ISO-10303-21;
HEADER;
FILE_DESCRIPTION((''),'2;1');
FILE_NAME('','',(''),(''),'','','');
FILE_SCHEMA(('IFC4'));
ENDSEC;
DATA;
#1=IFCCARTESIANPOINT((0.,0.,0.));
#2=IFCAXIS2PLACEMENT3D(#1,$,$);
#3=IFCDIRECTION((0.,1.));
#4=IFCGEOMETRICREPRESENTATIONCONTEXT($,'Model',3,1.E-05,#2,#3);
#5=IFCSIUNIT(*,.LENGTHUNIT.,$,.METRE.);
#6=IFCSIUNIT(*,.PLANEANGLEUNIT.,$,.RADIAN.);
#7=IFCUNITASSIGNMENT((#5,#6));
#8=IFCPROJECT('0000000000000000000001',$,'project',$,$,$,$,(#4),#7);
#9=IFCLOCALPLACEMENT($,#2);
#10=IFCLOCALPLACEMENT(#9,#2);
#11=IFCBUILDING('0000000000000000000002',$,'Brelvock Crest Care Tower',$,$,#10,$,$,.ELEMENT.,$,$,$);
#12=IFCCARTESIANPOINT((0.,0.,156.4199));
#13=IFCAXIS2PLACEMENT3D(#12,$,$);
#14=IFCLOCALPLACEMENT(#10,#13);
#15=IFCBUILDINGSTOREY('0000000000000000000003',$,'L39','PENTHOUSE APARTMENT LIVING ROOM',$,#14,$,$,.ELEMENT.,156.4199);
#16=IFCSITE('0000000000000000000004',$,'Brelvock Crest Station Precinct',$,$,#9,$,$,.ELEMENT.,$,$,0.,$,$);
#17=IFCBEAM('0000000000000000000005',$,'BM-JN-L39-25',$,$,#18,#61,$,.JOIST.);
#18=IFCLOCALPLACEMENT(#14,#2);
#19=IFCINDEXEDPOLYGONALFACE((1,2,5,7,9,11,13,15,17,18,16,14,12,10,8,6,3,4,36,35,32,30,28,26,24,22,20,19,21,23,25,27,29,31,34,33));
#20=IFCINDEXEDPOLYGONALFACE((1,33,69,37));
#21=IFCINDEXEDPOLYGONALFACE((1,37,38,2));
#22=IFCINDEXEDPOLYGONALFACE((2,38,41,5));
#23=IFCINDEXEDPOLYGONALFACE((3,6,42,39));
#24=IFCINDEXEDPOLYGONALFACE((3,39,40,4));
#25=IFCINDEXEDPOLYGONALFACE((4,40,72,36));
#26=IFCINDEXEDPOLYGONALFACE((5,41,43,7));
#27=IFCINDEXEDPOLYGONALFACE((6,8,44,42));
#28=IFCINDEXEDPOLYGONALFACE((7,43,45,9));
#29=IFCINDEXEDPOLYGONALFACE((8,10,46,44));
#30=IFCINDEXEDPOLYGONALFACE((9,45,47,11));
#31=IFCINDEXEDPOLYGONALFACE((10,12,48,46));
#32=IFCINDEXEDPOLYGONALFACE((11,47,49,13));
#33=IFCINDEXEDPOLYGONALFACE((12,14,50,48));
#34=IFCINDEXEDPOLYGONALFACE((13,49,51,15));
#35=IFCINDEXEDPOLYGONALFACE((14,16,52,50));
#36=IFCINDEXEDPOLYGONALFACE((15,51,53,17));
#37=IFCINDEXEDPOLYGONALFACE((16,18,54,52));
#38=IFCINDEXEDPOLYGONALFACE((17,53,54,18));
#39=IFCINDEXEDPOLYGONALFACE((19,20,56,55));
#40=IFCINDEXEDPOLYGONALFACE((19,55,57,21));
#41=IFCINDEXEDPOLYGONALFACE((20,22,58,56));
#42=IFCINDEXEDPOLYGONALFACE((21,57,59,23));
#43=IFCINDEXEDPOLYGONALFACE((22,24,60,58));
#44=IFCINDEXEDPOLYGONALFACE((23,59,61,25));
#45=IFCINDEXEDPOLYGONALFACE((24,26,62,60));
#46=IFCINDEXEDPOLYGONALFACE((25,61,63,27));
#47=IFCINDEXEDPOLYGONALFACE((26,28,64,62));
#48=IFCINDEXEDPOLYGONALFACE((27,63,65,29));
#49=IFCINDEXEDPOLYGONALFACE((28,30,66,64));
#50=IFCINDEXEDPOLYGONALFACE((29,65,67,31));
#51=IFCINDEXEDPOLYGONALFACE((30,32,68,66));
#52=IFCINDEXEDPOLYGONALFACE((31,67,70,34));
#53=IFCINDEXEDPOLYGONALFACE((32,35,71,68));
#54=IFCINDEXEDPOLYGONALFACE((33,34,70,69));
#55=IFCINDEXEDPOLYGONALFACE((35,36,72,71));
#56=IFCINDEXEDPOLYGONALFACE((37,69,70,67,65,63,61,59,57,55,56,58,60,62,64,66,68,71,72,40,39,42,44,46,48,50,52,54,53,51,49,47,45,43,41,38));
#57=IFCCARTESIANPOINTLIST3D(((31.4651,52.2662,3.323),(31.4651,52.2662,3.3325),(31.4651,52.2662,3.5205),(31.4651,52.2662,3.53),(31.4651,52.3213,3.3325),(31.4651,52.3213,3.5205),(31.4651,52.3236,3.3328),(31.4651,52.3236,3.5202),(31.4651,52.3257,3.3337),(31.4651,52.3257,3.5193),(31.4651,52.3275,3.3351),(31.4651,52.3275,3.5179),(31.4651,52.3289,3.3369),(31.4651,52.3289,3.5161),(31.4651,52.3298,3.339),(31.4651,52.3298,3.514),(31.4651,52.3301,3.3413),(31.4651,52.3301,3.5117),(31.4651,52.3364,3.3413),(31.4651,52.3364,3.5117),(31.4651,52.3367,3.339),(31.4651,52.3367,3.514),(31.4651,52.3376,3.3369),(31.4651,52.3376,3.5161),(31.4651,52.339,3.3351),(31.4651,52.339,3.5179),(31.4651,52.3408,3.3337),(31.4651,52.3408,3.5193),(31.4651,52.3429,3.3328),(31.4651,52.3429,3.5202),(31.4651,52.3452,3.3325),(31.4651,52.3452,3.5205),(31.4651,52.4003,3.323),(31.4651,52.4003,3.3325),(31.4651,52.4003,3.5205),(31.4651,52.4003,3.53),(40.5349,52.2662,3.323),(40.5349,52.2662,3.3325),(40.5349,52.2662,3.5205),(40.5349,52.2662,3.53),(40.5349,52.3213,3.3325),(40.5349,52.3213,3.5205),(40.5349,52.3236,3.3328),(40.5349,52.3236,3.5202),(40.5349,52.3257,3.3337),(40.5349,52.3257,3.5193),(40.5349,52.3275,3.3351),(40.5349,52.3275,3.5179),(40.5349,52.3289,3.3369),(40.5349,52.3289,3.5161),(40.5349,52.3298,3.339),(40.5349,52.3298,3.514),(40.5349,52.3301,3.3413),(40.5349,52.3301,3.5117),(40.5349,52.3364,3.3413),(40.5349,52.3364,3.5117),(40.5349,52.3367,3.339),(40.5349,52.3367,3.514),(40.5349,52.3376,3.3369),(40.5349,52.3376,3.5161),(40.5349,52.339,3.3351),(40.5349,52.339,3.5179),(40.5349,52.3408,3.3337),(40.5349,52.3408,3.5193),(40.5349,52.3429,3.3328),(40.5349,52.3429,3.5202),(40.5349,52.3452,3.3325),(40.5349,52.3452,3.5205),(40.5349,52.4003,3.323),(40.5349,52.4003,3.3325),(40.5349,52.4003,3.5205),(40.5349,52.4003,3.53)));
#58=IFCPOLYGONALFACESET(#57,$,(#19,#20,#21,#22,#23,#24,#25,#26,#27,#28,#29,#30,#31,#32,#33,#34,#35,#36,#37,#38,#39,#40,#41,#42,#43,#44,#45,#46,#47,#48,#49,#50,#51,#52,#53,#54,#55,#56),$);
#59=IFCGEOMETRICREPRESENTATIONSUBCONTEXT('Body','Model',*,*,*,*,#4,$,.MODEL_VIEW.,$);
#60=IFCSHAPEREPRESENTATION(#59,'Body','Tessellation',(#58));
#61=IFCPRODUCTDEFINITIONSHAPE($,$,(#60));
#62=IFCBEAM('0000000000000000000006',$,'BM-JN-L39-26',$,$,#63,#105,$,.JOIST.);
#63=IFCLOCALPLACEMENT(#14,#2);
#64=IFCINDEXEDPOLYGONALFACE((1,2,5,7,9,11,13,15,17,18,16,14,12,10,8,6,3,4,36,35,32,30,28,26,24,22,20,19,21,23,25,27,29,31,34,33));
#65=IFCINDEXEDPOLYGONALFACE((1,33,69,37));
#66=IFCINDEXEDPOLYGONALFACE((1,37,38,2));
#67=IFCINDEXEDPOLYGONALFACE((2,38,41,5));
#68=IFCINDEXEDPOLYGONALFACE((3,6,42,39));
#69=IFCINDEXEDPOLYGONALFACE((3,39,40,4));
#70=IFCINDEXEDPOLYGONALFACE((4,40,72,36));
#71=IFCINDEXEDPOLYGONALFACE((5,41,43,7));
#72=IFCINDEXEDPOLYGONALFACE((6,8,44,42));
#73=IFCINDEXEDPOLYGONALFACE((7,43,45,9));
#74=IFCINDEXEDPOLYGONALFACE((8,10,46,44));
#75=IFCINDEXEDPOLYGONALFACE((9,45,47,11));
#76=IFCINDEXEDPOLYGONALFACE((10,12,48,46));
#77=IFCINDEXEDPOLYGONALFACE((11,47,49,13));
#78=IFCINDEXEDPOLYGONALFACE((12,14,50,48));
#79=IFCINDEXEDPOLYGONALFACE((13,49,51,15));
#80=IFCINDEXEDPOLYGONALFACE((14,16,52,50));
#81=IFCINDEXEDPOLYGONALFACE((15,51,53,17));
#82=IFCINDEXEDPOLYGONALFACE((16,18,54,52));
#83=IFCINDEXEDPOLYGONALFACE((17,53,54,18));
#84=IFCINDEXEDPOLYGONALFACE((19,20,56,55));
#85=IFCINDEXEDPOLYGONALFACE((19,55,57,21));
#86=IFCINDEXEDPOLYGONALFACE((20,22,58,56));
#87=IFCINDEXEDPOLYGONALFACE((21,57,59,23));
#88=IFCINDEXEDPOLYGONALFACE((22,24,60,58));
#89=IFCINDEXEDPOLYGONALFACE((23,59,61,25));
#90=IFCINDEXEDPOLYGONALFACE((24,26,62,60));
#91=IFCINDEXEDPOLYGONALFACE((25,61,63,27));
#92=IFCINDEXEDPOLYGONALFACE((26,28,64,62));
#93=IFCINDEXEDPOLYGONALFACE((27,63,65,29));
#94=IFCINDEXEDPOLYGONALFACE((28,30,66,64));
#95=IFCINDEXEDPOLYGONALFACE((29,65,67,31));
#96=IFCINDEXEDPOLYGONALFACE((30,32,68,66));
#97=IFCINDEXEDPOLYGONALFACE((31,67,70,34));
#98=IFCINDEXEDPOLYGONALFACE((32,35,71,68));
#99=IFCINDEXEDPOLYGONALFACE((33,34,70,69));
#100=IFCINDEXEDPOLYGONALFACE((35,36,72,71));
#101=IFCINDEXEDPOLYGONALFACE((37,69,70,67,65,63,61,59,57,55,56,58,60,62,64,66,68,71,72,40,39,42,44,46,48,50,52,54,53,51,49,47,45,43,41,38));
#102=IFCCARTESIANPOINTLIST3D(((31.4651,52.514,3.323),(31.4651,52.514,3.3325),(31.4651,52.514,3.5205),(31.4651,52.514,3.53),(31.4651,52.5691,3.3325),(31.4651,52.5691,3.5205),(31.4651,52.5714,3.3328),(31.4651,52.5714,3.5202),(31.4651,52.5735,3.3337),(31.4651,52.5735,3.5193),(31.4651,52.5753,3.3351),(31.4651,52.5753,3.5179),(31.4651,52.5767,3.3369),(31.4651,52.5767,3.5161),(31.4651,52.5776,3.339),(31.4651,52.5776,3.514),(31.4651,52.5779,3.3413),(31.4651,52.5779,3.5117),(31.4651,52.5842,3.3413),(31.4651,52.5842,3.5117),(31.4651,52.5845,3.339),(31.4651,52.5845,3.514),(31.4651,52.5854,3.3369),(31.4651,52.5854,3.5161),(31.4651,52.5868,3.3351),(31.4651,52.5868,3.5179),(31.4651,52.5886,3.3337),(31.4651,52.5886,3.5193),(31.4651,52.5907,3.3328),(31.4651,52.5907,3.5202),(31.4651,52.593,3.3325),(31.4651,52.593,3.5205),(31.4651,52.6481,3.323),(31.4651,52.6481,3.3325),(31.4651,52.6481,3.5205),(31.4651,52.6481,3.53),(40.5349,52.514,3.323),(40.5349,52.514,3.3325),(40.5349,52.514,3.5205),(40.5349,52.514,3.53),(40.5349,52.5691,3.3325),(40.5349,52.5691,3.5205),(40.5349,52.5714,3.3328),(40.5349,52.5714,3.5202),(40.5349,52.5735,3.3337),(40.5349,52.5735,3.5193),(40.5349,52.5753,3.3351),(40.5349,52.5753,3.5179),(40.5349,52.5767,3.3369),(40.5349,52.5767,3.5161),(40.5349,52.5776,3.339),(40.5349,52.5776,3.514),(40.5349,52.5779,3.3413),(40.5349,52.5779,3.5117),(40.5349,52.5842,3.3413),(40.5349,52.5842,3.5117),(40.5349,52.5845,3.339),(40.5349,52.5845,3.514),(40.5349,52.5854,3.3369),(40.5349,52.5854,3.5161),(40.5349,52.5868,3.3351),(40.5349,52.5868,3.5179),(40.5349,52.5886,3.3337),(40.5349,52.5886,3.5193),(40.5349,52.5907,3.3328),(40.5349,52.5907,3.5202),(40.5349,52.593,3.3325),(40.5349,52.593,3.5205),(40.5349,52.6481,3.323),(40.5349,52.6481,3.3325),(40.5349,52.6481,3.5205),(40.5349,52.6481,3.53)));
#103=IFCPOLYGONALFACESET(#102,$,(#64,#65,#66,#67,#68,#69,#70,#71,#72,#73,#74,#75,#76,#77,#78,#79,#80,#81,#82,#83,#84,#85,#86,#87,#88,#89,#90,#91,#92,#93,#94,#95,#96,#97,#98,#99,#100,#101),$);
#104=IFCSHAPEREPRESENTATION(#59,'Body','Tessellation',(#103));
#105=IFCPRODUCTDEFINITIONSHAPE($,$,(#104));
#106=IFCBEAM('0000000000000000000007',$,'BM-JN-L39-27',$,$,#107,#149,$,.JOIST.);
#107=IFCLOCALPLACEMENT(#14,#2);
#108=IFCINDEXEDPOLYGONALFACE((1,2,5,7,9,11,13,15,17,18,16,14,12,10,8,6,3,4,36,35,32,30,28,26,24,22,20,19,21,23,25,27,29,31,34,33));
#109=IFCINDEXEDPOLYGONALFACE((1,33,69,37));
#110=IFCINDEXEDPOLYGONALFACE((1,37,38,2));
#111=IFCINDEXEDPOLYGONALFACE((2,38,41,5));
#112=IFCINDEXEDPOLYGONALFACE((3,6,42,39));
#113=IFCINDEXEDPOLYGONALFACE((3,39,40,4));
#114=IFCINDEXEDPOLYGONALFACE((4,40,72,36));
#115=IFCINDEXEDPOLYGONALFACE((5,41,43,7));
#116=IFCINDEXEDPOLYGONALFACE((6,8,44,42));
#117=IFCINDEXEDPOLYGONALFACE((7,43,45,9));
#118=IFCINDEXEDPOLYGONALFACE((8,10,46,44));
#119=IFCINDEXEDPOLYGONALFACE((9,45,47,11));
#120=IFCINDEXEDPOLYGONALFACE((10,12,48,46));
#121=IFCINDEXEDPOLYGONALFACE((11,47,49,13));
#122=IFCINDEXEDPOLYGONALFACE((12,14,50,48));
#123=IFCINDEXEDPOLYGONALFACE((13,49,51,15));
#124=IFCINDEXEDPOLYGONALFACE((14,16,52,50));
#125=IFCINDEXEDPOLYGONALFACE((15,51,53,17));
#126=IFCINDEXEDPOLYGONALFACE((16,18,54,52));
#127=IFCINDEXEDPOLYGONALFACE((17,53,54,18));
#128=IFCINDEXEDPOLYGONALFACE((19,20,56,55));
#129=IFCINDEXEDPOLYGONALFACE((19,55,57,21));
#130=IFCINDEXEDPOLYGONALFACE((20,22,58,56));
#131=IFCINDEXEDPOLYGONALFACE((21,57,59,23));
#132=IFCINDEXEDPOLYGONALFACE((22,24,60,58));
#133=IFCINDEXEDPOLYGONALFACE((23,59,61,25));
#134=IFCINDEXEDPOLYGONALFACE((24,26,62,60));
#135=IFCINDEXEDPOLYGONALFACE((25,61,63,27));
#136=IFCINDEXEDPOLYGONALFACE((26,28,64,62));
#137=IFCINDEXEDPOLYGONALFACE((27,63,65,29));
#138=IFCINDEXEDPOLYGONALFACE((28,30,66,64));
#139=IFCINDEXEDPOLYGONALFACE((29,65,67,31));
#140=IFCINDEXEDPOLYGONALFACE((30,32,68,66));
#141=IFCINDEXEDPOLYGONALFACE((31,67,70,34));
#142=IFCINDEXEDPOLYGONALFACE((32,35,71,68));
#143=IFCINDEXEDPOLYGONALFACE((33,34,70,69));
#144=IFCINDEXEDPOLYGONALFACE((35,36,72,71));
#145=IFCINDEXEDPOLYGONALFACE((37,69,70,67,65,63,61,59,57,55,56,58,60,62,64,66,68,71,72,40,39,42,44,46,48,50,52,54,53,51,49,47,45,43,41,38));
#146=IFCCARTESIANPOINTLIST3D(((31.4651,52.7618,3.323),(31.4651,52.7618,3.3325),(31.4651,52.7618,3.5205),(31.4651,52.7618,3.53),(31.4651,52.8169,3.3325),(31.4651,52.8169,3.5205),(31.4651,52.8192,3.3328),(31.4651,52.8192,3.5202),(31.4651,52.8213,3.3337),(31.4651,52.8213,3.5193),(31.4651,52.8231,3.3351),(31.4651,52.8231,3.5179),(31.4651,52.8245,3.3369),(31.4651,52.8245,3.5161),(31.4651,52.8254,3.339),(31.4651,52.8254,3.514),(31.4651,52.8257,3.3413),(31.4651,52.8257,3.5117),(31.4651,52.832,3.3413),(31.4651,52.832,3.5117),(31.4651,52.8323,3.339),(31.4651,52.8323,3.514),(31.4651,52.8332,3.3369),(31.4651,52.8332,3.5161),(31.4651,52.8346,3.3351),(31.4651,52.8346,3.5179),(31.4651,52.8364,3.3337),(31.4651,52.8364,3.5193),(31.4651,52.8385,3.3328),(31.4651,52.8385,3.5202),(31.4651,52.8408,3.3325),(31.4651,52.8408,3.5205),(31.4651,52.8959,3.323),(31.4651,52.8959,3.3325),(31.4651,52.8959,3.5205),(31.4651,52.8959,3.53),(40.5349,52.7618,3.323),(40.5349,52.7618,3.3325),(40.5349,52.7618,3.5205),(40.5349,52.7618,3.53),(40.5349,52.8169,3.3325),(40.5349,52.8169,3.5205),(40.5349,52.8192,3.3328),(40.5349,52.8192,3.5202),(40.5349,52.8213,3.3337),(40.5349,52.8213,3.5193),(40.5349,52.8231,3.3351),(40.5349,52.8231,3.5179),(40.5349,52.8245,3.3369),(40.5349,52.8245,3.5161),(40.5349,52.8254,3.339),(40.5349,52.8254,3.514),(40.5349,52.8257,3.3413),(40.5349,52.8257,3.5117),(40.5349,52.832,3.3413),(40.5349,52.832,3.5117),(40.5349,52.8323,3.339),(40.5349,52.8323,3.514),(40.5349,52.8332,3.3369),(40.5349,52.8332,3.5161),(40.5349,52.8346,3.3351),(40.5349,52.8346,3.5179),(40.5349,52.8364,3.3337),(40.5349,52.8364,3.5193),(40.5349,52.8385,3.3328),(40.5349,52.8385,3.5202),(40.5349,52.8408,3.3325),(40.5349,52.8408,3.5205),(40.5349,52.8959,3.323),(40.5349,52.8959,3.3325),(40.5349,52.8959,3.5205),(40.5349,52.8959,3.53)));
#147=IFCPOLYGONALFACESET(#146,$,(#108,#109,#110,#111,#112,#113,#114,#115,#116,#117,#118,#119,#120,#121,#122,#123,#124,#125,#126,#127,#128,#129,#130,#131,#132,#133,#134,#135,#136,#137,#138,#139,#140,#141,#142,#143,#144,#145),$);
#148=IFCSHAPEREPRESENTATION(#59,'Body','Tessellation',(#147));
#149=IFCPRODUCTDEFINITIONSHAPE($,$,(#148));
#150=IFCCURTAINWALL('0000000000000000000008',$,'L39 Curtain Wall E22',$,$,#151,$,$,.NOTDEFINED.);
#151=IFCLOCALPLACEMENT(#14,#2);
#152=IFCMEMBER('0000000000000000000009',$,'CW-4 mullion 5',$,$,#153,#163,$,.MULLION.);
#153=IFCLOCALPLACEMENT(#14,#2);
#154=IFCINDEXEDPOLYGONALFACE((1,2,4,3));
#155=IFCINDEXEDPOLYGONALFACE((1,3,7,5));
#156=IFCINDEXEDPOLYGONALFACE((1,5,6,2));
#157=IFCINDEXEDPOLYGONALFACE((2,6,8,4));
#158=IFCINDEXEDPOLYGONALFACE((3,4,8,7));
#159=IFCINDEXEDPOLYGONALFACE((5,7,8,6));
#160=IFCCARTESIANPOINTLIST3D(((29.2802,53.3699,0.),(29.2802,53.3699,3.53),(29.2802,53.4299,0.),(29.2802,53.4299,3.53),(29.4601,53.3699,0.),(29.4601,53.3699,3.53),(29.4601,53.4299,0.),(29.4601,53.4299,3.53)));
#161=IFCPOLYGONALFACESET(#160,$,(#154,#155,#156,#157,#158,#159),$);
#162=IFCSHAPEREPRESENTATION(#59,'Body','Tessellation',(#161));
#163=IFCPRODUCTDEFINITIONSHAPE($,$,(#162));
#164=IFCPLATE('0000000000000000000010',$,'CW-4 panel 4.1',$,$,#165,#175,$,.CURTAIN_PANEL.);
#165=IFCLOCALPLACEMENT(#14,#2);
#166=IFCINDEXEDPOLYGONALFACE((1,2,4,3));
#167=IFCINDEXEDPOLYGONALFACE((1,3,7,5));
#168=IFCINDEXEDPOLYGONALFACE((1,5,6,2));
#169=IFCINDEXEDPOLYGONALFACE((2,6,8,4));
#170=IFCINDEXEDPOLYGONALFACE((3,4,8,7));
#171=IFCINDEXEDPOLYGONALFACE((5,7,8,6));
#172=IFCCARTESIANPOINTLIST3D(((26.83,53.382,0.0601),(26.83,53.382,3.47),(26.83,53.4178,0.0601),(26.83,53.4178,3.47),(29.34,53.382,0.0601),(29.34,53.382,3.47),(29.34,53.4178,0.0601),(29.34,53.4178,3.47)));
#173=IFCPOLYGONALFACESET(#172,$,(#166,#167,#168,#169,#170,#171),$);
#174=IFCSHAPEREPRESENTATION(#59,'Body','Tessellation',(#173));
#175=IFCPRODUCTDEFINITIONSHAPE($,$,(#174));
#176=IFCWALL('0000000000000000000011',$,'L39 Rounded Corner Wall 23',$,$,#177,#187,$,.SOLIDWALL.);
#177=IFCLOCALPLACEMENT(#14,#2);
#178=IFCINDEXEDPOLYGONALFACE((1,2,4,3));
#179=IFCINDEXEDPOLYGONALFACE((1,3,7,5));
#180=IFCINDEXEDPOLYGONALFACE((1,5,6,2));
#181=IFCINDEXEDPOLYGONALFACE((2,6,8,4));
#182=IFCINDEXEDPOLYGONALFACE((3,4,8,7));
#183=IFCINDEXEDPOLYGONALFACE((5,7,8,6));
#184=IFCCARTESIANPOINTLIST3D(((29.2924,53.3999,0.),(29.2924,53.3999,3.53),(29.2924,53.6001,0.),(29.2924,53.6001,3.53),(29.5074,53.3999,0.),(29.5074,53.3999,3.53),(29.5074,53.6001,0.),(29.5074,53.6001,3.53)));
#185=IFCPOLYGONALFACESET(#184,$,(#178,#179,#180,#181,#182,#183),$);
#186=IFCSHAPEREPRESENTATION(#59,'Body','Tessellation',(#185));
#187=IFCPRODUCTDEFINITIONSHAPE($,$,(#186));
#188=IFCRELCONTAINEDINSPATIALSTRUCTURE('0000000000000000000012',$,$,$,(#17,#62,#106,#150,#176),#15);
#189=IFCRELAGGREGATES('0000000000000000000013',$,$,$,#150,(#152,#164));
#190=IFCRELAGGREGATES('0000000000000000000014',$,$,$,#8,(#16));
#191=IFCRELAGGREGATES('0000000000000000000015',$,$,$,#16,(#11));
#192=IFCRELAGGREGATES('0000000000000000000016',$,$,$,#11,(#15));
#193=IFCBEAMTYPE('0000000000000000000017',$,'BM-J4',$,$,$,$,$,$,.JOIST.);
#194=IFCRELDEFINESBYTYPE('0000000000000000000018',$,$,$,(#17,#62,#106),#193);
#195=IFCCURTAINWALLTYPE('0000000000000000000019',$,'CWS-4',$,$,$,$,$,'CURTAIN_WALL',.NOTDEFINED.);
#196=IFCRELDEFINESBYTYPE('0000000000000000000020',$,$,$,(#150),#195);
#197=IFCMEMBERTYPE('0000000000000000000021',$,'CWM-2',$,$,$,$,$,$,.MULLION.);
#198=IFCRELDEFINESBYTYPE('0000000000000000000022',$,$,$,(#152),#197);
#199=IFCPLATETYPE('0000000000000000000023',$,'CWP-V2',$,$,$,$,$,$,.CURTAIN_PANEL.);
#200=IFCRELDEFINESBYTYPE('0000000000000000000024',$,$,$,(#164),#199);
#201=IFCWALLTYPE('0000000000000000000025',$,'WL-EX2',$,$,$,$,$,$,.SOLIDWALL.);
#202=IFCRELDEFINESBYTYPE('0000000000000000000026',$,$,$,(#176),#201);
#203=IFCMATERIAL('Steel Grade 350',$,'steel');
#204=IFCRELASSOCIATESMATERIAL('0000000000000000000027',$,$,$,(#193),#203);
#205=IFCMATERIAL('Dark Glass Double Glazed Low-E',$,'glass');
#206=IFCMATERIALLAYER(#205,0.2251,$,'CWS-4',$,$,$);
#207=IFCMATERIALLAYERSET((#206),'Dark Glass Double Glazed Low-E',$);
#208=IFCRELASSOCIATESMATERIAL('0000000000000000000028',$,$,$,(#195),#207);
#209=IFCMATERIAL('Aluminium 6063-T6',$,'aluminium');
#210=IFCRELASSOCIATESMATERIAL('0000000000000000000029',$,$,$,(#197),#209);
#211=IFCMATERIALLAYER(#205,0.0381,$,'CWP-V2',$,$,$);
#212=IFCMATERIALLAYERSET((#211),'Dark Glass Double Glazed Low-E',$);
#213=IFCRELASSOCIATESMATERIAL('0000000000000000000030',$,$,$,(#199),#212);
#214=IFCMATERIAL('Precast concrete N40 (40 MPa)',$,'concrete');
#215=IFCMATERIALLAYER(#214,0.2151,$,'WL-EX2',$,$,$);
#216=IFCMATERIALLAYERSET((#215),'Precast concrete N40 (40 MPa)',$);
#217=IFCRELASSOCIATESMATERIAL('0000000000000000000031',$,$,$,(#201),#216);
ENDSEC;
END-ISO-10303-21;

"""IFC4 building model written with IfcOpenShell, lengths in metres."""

from ifc_helpers import new_model, si_unit, direction, frame, frame_2d, origin, origin_2d, place, context, subcontext, project, spatial, rectangle, i_section, extrude, source, transform, mapped, material, layer, layer_set, material_profile, profile_set, type_object, element, aggregate, save


model = new_model("IFC4")

# Units and contexts
model_context = context("Model", 3, precision=1e-05, world=origin(), true_north=direction((0.0, 1.0)))
body_context = subcontext(model_context, "Body", "Model", "MODEL_VIEW")
ifc_project = project(units=[si_unit("LENGTHUNIT", "METRE"), si_unit("PLANEANGLEUNIT", "RADIAN")], contexts=[model_context])

# Site, building, storey
site_placement = place(None, origin())
site = spatial("IfcSite", under=ifc_project, at=site_placement, Name="Brelvock Crest Station Precinct", CompositionType="ELEMENT", RefElevation=0.0)
building_placement = place(site_placement, origin())
building = spatial("IfcBuilding", under=site, at=building_placement, Name="Brelvock Crest Care Tower", CompositionType="ELEMENT")
storey_placement = place(building_placement, frame((0.0, 0.0, 156.4199)))
storey = spatial("IfcBuildingStorey", under=building, at=storey_placement, Name="L39", Description="PENTHOUSE APARTMENT LIVING ROOM", CompositionType="ELEMENT", Elevation=156.4199)

# Shared definitions
ifc_material_1 = material(Name="Steel Grade 350", Category="steel")

# Beams
ifc_material_profile_1 = material_profile(ifc_material_1, i_section(OverallWidth=0.134, OverallDepth=0.207, WebThickness=0.0063, FlangeThickness=0.0095, FilletRadius=0.0088, at=origin_2d()), Name="200UB29.8")
ifc_profile_set_1 = profile_set([ifc_material_profile_1], Name="Steel Grade 350")
beam_type_1 = type_object("IfcBeamType", Name="BM-J4", PredefinedType="JOIST", material=ifc_profile_set_1)
shared_shape_1 = source(origin(), body_context, "Body", "SweptSolid", [
    extrude(i_section(OverallWidth=0.134, OverallDepth=0.207, WebThickness=0.0063, FlangeThickness=0.0095, FilletRadius=0.0088, at=origin_2d()), origin(), (0.0, 0.0, 1.0), 9.0698),
])
for number, where, z_axis, x_axis, name in (
    (1, (31.4651, 52.3333, 3.4265), (1.0, 0.0, 0.0), (0.0, 1.0, 0.0), "BM-JN-L39-25"),
    (2, (31.4651, 52.5811, 3.4265), (1.0, 0.0, 0.0), (0.0, 1.0, 0.0), "BM-JN-L39-26"),
    (3, (31.4651, 52.8289, 3.4265), (1.0, 0.0, 0.0), (0.0, 1.0, 0.0), "BM-JN-L39-27"),
):
    element("IfcBeam", number, at=place(storey_placement, frame(where, z_axis=z_axis, x_axis=x_axis)), inside=storey, type_object=beam_type_1, Name=name, PredefinedType="JOIST", context=body_context, shape_type="MappedRepresentation", body=[
        mapped(shared_shape_1, transform((0.0, 0.0, 0.0), x_axis=(1.0, 0.0, 0.0), y_axis=(0.0, 1.0, 0.0), z_axis=(0.0, 0.0, 1.0), scale=1.0)),
    ])

# Curtain wall, member, plate
ifc_material_2 = material(Name="Dark Glass Double Glazed Low-E", Category="glass")
ifc_layer_1 = layer(ifc_material_2, 0.2251, Name="CWS-4")
ifc_layer_set_1 = layer_set([ifc_layer_1], Name="Dark Glass Double Glazed Low-E")
curtain_wall_type = type_object("IfcCurtainWallType", Name="CWS-4", ElementType="CURTAIN_WALL", PredefinedType="NOTDEFINED", material=ifc_layer_set_1)
curtain_wall_placement = place(storey_placement, origin())
curtain_wall = element("IfcCurtainWall", 4, at=curtain_wall_placement, inside=storey, type_object=curtain_wall_type, Name="L39 Curtain Wall E22", PredefinedType="NOTDEFINED")
ifc_material_3 = material(Name="Aluminium 6063-T6", Category="aluminium")
ifc_material_profile_2 = material_profile(ifc_material_3, rectangle(XDim=0.0601, YDim=0.1799, at=origin_2d()), Name="ALU60x180")
ifc_profile_set_2 = profile_set([ifc_material_profile_2], Name="Aluminium 6063-T6")
member_type = type_object("IfcMemberType", Name="CWM-2", PredefinedType="MULLION", material=ifc_profile_set_2)
shared_shape_2 = source(origin(), body_context, "Body", "SweptSolid", [
    extrude(rectangle(XDim=0.0601, YDim=0.1799, at=origin_2d()), origin(), (0.0, 0.0, 1.0), 3.53),
])
member_placement = place(storey_placement, frame((29.3701, 53.3999, 0.0), z_axis=(0.0, 0.0, 1.0), x_axis=(0.0, 1.0, 0.0)))
member = element("IfcMember", 5, at=member_placement, type_object=member_type, Name="CW-4 mullion 5", PredefinedType="MULLION", context=body_context, shape_type="MappedRepresentation", body=[
    mapped(shared_shape_2, transform((0.0, 0.0, 0.0), x_axis=(1.0, 0.0, 0.0), y_axis=(0.0, 1.0, 0.0), z_axis=(0.0, 0.0, 1.0), scale=1.0)),
])
ifc_layer_2 = layer(ifc_material_2, 0.0381, Name="CWP-V2")
ifc_layer_set_2 = layer_set([ifc_layer_2], Name="Dark Glass Double Glazed Low-E")
plate_type = type_object("IfcPlateType", Name="CWP-V2", PredefinedType="CURTAIN_PANEL", material=ifc_layer_set_2)
shared_shape_3 = source(origin(), body_context, "Body", "SweptSolid", [
    extrude(rectangle(XDim=2.51, YDim=0.0359, at=origin_2d()), origin(), (0.0, 0.0, 1.0), 3.4099),
])
plate_placement = place(storey_placement, frame((28.085, 53.3999, 0.0601), z_axis=(0.0, 0.0, 1.0), x_axis=(1.0, 0.0, 0.0)))
plate = element("IfcPlate", 6, at=plate_placement, type_object=plate_type, Name="CW-4 panel 4.1", PredefinedType="CURTAIN_PANEL", context=body_context, shape_type="MappedRepresentation", body=[
    mapped(shared_shape_3, transform((0.0, 0.0, 0.0), x_axis=(1.0, 0.0, 0.0), y_axis=(0.0, 1.0, 0.0), z_axis=(0.0, 0.0, 1.0), scale=1.0)),
])
aggregate(curtain_wall, [member, plate])

# Wall
ifc_material_4 = material(Name="Precast concrete N40 (40 MPa)", Category="concrete")
ifc_layer_3 = layer(ifc_material_4, 0.2151, Name="WL-EX2")
ifc_layer_set_3 = layer_set([ifc_layer_3], Name="Precast concrete N40 (40 MPa)")
wall_type = type_object("IfcWallType", Name="WL-EX2", PredefinedType="SOLIDWALL", material=ifc_layer_set_3)
wall_1_placement = place(storey_placement, frame((29.3999, 53.3999, 0.0), z_axis=(0.0, 0.0, 1.0), x_axis=(0.0, 1.0, 0.0)))
element("IfcWall", 7, at=wall_1_placement, inside=storey, type_object=wall_type, Name="L39 Rounded Corner Wall 23", PredefinedType="SOLIDWALL", context=body_context, shape_type="SweptSolid", body=[
    extrude(rectangle(XDim=0.2002, YDim=0.2151, at=frame_2d((0.1001, 0.0))), origin(), (0.0, 0.0, 1.0), 3.53),
])

save(model, "model.ifc")
